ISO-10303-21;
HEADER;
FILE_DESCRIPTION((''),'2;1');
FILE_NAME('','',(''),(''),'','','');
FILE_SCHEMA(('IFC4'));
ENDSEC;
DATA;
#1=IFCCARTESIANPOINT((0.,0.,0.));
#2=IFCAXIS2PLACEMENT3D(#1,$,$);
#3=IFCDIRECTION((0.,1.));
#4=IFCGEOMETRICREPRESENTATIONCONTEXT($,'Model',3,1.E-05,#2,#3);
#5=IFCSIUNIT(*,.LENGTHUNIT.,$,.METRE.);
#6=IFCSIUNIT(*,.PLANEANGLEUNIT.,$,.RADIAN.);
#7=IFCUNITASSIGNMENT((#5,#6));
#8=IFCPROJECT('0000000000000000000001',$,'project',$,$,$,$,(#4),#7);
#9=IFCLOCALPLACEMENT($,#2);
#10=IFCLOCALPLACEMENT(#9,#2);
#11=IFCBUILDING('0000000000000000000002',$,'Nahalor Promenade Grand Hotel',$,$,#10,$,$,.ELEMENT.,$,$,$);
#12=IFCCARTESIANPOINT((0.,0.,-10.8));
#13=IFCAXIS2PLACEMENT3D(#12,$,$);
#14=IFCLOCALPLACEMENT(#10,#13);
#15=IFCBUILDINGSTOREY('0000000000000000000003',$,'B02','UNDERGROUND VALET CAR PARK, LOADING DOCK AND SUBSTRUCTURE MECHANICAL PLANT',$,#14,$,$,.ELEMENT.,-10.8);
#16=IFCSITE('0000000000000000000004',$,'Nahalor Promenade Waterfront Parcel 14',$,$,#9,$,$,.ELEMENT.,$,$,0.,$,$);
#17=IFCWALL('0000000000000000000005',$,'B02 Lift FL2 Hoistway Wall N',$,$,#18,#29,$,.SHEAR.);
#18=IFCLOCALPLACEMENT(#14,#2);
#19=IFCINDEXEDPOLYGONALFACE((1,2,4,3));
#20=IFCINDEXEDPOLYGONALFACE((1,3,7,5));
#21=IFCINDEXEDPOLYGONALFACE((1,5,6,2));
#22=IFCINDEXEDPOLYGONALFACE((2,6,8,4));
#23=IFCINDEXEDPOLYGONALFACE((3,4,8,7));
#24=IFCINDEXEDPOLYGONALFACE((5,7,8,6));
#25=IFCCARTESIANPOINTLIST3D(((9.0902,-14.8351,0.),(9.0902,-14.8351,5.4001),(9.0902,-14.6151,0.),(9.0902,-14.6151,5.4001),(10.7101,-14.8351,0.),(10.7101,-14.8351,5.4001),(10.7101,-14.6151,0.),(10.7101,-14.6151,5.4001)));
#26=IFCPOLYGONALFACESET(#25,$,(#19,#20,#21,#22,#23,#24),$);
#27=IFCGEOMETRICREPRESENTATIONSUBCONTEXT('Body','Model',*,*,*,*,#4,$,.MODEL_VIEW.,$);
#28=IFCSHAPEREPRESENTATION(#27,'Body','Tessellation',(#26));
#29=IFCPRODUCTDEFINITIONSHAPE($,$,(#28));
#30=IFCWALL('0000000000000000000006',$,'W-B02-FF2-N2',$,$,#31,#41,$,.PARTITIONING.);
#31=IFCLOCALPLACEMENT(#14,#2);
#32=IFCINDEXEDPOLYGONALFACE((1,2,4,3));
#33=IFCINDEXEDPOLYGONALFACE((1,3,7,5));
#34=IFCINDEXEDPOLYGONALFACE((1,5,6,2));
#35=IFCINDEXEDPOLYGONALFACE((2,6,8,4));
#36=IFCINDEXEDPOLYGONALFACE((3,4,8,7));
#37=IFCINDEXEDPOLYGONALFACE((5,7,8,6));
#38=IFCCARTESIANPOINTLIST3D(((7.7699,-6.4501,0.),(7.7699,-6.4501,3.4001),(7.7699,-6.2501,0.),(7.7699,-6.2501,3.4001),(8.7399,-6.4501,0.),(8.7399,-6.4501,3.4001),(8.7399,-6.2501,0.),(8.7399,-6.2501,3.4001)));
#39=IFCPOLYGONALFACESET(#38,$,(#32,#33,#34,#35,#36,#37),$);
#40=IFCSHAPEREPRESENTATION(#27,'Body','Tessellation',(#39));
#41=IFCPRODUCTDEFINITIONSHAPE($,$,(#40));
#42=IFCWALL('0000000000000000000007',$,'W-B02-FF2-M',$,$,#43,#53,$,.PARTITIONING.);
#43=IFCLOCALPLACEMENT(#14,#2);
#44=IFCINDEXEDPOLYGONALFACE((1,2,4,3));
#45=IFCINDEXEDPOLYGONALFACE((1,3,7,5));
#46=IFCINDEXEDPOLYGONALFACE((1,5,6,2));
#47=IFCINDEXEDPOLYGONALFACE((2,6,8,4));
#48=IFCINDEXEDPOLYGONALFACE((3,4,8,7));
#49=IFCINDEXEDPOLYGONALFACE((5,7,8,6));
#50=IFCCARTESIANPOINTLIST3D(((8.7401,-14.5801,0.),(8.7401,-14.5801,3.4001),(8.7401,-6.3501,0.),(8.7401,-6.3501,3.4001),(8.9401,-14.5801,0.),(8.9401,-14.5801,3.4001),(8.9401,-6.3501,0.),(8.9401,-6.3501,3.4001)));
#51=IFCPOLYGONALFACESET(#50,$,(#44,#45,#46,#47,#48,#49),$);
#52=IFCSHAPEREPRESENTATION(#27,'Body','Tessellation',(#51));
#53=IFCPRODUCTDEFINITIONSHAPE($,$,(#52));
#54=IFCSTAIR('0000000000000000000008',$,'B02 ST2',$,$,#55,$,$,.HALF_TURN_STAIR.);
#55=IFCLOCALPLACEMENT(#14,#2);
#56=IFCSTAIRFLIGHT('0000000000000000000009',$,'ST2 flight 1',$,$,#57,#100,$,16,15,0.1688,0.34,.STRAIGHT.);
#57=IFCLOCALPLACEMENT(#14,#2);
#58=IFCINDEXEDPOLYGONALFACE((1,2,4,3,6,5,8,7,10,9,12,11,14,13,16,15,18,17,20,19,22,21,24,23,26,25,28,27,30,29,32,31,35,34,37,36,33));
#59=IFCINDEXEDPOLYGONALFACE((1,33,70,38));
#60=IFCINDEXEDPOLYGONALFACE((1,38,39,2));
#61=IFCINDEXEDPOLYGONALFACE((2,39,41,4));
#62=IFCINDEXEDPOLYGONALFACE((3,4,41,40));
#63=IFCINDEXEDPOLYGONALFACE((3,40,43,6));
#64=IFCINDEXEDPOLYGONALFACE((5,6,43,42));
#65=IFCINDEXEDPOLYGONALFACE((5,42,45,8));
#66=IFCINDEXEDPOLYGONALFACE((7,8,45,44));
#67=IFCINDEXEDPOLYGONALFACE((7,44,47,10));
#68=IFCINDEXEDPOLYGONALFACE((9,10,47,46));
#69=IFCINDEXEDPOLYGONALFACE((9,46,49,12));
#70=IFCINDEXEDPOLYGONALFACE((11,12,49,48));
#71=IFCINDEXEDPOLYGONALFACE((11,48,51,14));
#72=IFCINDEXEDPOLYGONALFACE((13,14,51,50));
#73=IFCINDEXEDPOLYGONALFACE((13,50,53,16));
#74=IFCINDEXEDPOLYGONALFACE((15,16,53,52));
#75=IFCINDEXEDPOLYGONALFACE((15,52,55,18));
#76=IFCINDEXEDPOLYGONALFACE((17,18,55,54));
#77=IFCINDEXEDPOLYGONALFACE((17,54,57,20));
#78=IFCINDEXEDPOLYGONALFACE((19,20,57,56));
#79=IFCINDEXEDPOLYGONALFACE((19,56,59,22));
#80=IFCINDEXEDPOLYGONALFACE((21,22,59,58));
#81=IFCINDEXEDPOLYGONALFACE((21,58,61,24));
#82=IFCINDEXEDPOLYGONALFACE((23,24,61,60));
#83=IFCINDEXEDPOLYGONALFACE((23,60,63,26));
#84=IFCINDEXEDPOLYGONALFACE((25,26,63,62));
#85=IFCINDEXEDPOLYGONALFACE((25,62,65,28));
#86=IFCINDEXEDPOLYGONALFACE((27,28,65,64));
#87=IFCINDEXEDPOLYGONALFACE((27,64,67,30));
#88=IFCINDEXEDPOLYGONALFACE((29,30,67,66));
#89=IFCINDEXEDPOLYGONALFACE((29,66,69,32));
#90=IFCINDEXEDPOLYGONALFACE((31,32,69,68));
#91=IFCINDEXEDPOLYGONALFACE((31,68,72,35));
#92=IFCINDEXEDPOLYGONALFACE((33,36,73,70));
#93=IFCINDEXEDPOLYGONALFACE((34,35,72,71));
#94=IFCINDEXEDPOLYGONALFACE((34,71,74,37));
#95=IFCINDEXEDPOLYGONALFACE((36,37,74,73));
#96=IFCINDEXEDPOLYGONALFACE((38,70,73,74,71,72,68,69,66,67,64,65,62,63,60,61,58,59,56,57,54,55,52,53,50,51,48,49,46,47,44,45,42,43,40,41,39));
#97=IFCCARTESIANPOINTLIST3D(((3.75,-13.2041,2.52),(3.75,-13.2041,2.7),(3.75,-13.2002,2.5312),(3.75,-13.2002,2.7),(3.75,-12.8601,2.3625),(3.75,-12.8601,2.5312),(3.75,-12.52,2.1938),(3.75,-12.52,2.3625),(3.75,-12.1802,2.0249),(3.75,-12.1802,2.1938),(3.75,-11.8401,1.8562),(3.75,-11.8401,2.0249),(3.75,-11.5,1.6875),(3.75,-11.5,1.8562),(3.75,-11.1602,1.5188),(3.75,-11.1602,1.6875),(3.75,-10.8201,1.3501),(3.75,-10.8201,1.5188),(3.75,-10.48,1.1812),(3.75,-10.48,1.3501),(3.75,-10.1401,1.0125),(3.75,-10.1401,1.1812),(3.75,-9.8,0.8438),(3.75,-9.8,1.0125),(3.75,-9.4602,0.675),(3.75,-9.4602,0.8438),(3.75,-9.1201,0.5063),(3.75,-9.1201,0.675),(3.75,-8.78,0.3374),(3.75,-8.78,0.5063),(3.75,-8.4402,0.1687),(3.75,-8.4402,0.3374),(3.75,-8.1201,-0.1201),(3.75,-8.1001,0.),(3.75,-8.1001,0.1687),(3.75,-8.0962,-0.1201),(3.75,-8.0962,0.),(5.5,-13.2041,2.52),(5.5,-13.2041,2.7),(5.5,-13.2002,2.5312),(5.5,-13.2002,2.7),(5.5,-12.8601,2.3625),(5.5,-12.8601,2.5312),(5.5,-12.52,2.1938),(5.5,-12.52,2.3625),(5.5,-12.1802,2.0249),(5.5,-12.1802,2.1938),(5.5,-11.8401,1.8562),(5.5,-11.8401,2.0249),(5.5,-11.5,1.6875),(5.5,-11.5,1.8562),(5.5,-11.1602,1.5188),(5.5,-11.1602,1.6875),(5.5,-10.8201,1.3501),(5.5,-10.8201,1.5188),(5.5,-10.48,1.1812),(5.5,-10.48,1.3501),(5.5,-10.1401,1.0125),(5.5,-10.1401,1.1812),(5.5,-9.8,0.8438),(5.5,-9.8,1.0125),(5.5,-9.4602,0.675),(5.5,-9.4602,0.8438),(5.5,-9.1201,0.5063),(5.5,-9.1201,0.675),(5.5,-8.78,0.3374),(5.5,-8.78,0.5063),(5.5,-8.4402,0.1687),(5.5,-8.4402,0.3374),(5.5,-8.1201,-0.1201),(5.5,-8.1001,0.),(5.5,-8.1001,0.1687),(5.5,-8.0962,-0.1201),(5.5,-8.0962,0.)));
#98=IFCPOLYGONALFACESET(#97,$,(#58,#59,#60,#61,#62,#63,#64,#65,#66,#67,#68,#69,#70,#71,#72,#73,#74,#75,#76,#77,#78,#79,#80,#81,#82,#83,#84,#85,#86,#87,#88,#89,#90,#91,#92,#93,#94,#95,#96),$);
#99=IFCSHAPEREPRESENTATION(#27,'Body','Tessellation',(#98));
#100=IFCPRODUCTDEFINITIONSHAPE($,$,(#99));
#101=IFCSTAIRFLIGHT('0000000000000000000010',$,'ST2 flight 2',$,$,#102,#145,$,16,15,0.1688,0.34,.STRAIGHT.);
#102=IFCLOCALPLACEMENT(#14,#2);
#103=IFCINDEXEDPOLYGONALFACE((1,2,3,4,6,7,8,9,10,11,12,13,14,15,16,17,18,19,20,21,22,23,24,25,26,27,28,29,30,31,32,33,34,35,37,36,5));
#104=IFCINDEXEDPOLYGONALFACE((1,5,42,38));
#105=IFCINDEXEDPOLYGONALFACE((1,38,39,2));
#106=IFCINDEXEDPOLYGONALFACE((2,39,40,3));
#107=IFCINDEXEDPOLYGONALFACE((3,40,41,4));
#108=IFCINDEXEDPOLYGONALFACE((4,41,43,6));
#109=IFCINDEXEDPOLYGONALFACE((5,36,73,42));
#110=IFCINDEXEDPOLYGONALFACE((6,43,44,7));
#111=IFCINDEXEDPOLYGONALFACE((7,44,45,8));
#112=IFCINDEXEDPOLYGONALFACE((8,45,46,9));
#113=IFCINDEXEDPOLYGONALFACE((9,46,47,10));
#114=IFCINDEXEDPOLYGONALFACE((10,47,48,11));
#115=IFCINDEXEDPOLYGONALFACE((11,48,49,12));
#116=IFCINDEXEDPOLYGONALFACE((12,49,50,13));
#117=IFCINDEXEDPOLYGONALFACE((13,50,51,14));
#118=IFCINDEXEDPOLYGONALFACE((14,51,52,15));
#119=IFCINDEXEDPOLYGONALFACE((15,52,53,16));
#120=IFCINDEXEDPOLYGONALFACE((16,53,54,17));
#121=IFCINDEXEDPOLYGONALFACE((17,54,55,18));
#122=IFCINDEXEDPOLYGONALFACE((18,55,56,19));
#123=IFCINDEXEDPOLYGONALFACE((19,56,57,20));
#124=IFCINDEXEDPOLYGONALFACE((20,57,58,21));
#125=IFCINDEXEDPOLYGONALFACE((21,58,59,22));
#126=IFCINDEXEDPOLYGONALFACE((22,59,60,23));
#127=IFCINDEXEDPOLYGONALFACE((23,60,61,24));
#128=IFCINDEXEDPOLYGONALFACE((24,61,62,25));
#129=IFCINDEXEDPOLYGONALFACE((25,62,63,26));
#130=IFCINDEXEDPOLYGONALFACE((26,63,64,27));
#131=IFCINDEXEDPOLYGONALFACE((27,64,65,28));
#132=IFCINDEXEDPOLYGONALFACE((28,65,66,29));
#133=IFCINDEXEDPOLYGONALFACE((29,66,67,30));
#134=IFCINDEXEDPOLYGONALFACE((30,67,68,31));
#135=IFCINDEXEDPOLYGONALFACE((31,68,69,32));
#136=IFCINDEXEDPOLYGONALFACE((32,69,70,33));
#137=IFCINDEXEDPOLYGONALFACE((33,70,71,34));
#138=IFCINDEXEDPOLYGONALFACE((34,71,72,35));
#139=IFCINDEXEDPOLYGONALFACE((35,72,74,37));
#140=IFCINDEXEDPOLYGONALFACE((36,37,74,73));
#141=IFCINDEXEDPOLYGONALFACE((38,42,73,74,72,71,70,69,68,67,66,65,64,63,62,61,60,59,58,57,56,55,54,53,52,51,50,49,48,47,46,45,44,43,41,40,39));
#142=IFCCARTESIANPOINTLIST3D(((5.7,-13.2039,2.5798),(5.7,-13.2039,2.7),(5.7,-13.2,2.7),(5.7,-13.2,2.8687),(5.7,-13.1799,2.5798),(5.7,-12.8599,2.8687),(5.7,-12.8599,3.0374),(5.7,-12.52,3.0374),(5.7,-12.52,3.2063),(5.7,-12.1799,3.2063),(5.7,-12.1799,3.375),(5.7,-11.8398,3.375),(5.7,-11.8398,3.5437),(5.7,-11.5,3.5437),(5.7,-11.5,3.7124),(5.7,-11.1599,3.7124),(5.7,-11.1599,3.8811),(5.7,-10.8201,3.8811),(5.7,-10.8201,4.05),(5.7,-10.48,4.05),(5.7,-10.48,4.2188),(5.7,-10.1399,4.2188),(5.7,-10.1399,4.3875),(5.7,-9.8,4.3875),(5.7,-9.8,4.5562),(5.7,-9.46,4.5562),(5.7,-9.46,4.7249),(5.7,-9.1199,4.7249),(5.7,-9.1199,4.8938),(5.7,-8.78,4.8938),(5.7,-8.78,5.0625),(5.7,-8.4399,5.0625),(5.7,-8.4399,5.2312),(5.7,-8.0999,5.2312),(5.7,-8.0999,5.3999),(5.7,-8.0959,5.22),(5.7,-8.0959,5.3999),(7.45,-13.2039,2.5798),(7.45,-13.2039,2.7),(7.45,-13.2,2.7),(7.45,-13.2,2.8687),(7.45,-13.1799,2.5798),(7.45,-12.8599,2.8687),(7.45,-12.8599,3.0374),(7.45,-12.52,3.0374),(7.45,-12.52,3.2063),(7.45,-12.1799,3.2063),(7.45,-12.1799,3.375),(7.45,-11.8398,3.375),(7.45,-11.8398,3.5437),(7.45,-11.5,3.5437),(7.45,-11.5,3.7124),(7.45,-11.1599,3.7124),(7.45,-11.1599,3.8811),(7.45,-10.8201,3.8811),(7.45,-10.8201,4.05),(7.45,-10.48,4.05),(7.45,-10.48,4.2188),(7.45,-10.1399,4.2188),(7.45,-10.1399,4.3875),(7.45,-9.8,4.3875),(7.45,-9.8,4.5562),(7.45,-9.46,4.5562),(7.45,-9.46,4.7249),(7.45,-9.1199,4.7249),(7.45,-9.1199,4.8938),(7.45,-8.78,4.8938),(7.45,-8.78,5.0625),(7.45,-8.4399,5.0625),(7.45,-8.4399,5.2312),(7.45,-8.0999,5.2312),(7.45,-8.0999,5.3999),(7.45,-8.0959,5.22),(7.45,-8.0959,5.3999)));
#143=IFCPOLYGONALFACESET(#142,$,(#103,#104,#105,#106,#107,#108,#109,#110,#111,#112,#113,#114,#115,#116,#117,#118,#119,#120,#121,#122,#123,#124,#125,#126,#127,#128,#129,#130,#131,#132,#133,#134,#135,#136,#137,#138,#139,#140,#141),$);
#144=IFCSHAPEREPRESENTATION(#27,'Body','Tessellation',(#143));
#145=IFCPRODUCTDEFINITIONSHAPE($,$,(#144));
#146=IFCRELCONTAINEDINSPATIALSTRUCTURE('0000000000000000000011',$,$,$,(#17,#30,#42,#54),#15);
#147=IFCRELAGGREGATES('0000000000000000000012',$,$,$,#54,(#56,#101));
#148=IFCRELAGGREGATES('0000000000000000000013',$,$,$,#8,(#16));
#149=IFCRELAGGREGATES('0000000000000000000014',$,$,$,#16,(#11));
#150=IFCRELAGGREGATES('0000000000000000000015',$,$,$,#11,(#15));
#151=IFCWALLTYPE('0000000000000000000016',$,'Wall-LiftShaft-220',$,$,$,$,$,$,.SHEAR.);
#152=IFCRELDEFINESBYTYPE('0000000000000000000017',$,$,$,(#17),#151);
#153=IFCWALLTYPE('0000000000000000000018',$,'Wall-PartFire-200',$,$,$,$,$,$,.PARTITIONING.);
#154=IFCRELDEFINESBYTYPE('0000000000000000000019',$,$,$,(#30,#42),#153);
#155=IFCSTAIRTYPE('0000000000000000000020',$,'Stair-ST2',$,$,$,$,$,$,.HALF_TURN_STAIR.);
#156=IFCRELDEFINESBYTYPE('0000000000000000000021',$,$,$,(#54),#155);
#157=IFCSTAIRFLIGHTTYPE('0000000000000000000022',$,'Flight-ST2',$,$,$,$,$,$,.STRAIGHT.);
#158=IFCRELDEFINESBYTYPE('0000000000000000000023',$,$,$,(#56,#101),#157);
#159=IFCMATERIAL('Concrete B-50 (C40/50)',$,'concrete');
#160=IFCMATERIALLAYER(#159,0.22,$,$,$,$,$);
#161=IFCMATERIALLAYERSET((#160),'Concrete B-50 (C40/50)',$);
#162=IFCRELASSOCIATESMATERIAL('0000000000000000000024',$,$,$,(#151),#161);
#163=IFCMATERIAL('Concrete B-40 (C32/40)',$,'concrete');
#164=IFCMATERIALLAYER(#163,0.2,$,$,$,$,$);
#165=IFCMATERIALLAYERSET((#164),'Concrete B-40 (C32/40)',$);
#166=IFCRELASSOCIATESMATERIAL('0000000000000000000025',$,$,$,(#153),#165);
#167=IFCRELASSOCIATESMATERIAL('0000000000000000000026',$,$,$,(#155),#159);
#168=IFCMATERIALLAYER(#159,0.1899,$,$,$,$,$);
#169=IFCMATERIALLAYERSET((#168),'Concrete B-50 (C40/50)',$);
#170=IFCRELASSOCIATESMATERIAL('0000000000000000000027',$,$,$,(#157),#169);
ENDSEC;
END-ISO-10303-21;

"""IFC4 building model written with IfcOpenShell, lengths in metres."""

from ifc_helpers import new_model, si_unit, direction, frame, frame_2d, origin, place, context, subcontext, project, spatial, polyline, rectangle, outline, extrude, source, transform, mapped, material, layer, layer_set, type_object, element, aggregate, save


model = new_model("IFC4")

# Units and contexts
model_context = context("Model", 3, precision=1e-05, world=origin(), true_north=direction((0.0, 1.0)))
body_context = subcontext(model_context, "Body", "Model", "MODEL_VIEW")
ifc_project = project(units=[si_unit("LENGTHUNIT", "METRE"), si_unit("PLANEANGLEUNIT", "RADIAN")], contexts=[model_context])

# Site, building, storey
site_placement = place(None, origin())
site = spatial("IfcSite", under=ifc_project, at=site_placement, Name="Nahalor Promenade Waterfront Parcel 14", CompositionType="ELEMENT", RefElevation=0.0)
building_placement = place(site_placement, origin())
building = spatial("IfcBuilding", under=site, at=building_placement, Name="Nahalor Promenade Grand Hotel", CompositionType="ELEMENT")
storey_placement = place(building_placement, frame((0.0, 0.0, -10.8)))
storey = spatial("IfcBuildingStorey", under=building, at=storey_placement, Name="B02", Description="UNDERGROUND VALET CAR PARK, LOADING DOCK AND SUBSTRUCTURE MECHANICAL PLANT", CompositionType="ELEMENT", Elevation=-10.8)

# Shared definitions
ifc_material_1 = material(Name="Concrete B-50 (C40/50)", Category="concrete")

# Wall
ifc_layer_1 = layer(ifc_material_1, 0.22)
ifc_layer_set_1 = layer_set([ifc_layer_1], Name="Concrete B-50 (C40/50)")
wall_type_1 = type_object("IfcWallType", Name="Wall-LiftShaft-220", PredefinedType="SHEAR", material=ifc_layer_set_1)
shared_shape_1 = source(origin(), body_context, "Body", "SweptSolid", [
    extrude(rectangle(XDim=1.6199, YDim=0.22, at=frame_2d((0.8101, 0.0))), origin(), (0.0, 0.0, 1.0), 5.4001),
])
wall_1_placement = place(storey_placement, frame((9.0901, -14.7251, 0.0), z_axis=(0.0, 0.0, 1.0), x_axis=(1.0, 0.0, 0.0)))
element("IfcWall", 1, at=wall_1_placement, inside=storey, type_object=wall_type_1, Name="B02 Lift FL2 Hoistway Wall N", PredefinedType="SHEAR", context=body_context, shape_type="MappedRepresentation", body=[
    mapped(shared_shape_1, transform((0.0, 0.0, 0.0), scale=1.0)),
])

# Shared definitions
ifc_material_2 = material(Name="Concrete B-40 (C32/40)", Category="concrete")
ifc_layer_2 = layer(ifc_material_2, 0.2)
ifc_layer_set_2 = layer_set([ifc_layer_2], Name="Concrete B-40 (C32/40)")
wall_type_2 = type_object("IfcWallType", Name="Wall-PartFire-200", PredefinedType="PARTITIONING", material=ifc_layer_set_2)

# Walls
shared_shape_2 = source(origin(), body_context, "Body", "SweptSolid", [
    extrude(rectangle(XDim=0.97, YDim=0.2, at=frame_2d((0.4849, 0.0))), origin(), (0.0, 0.0, 1.0), 3.4001),
])
wall_2_placement = place(storey_placement, frame((7.77, -6.3501, 0.0), z_axis=(0.0, 0.0, 1.0), x_axis=(1.0, 0.0, 0.0)))
element("IfcWall", 2, at=wall_2_placement, inside=storey, type_object=wall_type_2, Name="W-B02-FF2-N2", PredefinedType="PARTITIONING", context=body_context, shape_type="MappedRepresentation", body=[
    mapped(shared_shape_2, transform((0.0, 0.0, 0.0), scale=1.0)),
])
shared_shape_3 = source(origin(), body_context, "Body", "SweptSolid", [
    extrude(rectangle(XDim=8.23, YDim=0.2, at=frame_2d((4.115, 0.0))), origin(), (0.0, 0.0, 1.0), 3.4001),
])
wall_3_placement = place(storey_placement, frame((8.8401, -14.5801, 0.0), z_axis=(0.0, 0.0, 1.0), x_axis=(0.0, 1.0, 0.0)))
element("IfcWall", 3, at=wall_3_placement, inside=storey, type_object=wall_type_2, Name="W-B02-FF2-M", PredefinedType="PARTITIONING", context=body_context, shape_type="MappedRepresentation", body=[
    mapped(shared_shape_3, transform((0.0, 0.0, 0.0), scale=1.0)),
])

# Stair, stair flights
stair_type = type_object("IfcStairType", Name="Stair-ST2", PredefinedType="HALF_TURN_STAIR", material=ifc_material_1)
stair_placement = place(storey_placement, origin())
stair = element("IfcStair", 4, at=stair_placement, inside=storey, type_object=stair_type, Name="B02 ST2", PredefinedType="HALF_TURN_STAIR")
ifc_layer_3 = layer(ifc_material_1, 0.1899)
ifc_layer_set_3 = layer_set([ifc_layer_3], Name="Concrete B-50 (C40/50)")
stair_flight_type = type_object("IfcStairFlightType", Name="Flight-ST2", PredefinedType="STRAIGHT", material=ifc_layer_set_3)
shared_shape_4 = source(origin(), body_context, "Body", "SweptSolid", [
    extrude(outline(polyline([(-0.0039, -0.1201), (-0.0039, 0.0), (0.0, 0.0), (0.0, 0.1687), (0.3401, 0.1687), (0.3401, 0.3374), (0.6799, 0.3374), (0.6799, 0.5063), (1.02, 0.5063), (1.02, 0.675), (1.3601, 0.675), (1.3601, 0.8438), (1.7, 0.8438), (1.7, 1.0125), (2.04, 1.0125), (2.04, 1.1812), (2.3799, 1.1812), (2.3799, 1.3501), (2.72, 1.3501), (2.72, 1.5188), (3.0601, 1.5188), (3.0601, 1.6875), (3.3999, 1.6875), (3.3999, 1.8562), (3.74, 1.8562), (3.74, 2.0249), (4.0801, 2.0249), (4.0801, 2.1938), (4.4199, 2.1938), (4.4199, 2.3625), (4.76, 2.3625), (4.76, 2.5312), (5.1001, 2.5312), (5.1001, 2.7), (5.104, 2.7), (5.104, 2.52), (0.02, -0.1201), (-0.0039, -0.1201)])), frame((0.0, 0.875, 0.0), z_axis=(0.0, -1.0, 0.0), x_axis=(1.0, 0.0, 0.0)), (0.0, 0.0, 1.0), 1.75),
])
stair_flight_1_placement = place(storey_placement, frame((4.625, -8.1001, 0.0), z_axis=(0.0, 0.0, 1.0), x_axis=(0.0, -1.0, 0.0)))
stair_flight_1 = element("IfcStairFlight", 5, at=stair_flight_1_placement, type_object=stair_flight_type, Name="ST2 flight 1", NumberOfRisers=16, NumberOfTreads=15, PredefinedType="STRAIGHT", RiserHeight=0.1688, TreadLength=0.34, context=body_context, shape_type="MappedRepresentation", body=[
    mapped(shared_shape_4, transform((0.0, 0.0, 0.0), scale=1.0)),
])
stair_flight_2_placement = place(storey_placement, frame((6.575, -13.2, 2.7), z_axis=(0.0, 0.0, 1.0), x_axis=(0.0, 1.0, 0.0)))
stair_flight_2 = element("IfcStairFlight", 6, at=stair_flight_2_placement, type_object=stair_flight_type, Name="ST2 flight 2", NumberOfRisers=16, NumberOfTreads=15, PredefinedType="STRAIGHT", RiserHeight=0.1688, TreadLength=0.34, context=body_context, shape_type="MappedRepresentation", body=[
    mapped(shared_shape_4, transform((0.0, 0.0, 0.0), scale=1.0)),
])
aggregate(stair, [stair_flight_1, stair_flight_2])

save(model, "model.ifc")
